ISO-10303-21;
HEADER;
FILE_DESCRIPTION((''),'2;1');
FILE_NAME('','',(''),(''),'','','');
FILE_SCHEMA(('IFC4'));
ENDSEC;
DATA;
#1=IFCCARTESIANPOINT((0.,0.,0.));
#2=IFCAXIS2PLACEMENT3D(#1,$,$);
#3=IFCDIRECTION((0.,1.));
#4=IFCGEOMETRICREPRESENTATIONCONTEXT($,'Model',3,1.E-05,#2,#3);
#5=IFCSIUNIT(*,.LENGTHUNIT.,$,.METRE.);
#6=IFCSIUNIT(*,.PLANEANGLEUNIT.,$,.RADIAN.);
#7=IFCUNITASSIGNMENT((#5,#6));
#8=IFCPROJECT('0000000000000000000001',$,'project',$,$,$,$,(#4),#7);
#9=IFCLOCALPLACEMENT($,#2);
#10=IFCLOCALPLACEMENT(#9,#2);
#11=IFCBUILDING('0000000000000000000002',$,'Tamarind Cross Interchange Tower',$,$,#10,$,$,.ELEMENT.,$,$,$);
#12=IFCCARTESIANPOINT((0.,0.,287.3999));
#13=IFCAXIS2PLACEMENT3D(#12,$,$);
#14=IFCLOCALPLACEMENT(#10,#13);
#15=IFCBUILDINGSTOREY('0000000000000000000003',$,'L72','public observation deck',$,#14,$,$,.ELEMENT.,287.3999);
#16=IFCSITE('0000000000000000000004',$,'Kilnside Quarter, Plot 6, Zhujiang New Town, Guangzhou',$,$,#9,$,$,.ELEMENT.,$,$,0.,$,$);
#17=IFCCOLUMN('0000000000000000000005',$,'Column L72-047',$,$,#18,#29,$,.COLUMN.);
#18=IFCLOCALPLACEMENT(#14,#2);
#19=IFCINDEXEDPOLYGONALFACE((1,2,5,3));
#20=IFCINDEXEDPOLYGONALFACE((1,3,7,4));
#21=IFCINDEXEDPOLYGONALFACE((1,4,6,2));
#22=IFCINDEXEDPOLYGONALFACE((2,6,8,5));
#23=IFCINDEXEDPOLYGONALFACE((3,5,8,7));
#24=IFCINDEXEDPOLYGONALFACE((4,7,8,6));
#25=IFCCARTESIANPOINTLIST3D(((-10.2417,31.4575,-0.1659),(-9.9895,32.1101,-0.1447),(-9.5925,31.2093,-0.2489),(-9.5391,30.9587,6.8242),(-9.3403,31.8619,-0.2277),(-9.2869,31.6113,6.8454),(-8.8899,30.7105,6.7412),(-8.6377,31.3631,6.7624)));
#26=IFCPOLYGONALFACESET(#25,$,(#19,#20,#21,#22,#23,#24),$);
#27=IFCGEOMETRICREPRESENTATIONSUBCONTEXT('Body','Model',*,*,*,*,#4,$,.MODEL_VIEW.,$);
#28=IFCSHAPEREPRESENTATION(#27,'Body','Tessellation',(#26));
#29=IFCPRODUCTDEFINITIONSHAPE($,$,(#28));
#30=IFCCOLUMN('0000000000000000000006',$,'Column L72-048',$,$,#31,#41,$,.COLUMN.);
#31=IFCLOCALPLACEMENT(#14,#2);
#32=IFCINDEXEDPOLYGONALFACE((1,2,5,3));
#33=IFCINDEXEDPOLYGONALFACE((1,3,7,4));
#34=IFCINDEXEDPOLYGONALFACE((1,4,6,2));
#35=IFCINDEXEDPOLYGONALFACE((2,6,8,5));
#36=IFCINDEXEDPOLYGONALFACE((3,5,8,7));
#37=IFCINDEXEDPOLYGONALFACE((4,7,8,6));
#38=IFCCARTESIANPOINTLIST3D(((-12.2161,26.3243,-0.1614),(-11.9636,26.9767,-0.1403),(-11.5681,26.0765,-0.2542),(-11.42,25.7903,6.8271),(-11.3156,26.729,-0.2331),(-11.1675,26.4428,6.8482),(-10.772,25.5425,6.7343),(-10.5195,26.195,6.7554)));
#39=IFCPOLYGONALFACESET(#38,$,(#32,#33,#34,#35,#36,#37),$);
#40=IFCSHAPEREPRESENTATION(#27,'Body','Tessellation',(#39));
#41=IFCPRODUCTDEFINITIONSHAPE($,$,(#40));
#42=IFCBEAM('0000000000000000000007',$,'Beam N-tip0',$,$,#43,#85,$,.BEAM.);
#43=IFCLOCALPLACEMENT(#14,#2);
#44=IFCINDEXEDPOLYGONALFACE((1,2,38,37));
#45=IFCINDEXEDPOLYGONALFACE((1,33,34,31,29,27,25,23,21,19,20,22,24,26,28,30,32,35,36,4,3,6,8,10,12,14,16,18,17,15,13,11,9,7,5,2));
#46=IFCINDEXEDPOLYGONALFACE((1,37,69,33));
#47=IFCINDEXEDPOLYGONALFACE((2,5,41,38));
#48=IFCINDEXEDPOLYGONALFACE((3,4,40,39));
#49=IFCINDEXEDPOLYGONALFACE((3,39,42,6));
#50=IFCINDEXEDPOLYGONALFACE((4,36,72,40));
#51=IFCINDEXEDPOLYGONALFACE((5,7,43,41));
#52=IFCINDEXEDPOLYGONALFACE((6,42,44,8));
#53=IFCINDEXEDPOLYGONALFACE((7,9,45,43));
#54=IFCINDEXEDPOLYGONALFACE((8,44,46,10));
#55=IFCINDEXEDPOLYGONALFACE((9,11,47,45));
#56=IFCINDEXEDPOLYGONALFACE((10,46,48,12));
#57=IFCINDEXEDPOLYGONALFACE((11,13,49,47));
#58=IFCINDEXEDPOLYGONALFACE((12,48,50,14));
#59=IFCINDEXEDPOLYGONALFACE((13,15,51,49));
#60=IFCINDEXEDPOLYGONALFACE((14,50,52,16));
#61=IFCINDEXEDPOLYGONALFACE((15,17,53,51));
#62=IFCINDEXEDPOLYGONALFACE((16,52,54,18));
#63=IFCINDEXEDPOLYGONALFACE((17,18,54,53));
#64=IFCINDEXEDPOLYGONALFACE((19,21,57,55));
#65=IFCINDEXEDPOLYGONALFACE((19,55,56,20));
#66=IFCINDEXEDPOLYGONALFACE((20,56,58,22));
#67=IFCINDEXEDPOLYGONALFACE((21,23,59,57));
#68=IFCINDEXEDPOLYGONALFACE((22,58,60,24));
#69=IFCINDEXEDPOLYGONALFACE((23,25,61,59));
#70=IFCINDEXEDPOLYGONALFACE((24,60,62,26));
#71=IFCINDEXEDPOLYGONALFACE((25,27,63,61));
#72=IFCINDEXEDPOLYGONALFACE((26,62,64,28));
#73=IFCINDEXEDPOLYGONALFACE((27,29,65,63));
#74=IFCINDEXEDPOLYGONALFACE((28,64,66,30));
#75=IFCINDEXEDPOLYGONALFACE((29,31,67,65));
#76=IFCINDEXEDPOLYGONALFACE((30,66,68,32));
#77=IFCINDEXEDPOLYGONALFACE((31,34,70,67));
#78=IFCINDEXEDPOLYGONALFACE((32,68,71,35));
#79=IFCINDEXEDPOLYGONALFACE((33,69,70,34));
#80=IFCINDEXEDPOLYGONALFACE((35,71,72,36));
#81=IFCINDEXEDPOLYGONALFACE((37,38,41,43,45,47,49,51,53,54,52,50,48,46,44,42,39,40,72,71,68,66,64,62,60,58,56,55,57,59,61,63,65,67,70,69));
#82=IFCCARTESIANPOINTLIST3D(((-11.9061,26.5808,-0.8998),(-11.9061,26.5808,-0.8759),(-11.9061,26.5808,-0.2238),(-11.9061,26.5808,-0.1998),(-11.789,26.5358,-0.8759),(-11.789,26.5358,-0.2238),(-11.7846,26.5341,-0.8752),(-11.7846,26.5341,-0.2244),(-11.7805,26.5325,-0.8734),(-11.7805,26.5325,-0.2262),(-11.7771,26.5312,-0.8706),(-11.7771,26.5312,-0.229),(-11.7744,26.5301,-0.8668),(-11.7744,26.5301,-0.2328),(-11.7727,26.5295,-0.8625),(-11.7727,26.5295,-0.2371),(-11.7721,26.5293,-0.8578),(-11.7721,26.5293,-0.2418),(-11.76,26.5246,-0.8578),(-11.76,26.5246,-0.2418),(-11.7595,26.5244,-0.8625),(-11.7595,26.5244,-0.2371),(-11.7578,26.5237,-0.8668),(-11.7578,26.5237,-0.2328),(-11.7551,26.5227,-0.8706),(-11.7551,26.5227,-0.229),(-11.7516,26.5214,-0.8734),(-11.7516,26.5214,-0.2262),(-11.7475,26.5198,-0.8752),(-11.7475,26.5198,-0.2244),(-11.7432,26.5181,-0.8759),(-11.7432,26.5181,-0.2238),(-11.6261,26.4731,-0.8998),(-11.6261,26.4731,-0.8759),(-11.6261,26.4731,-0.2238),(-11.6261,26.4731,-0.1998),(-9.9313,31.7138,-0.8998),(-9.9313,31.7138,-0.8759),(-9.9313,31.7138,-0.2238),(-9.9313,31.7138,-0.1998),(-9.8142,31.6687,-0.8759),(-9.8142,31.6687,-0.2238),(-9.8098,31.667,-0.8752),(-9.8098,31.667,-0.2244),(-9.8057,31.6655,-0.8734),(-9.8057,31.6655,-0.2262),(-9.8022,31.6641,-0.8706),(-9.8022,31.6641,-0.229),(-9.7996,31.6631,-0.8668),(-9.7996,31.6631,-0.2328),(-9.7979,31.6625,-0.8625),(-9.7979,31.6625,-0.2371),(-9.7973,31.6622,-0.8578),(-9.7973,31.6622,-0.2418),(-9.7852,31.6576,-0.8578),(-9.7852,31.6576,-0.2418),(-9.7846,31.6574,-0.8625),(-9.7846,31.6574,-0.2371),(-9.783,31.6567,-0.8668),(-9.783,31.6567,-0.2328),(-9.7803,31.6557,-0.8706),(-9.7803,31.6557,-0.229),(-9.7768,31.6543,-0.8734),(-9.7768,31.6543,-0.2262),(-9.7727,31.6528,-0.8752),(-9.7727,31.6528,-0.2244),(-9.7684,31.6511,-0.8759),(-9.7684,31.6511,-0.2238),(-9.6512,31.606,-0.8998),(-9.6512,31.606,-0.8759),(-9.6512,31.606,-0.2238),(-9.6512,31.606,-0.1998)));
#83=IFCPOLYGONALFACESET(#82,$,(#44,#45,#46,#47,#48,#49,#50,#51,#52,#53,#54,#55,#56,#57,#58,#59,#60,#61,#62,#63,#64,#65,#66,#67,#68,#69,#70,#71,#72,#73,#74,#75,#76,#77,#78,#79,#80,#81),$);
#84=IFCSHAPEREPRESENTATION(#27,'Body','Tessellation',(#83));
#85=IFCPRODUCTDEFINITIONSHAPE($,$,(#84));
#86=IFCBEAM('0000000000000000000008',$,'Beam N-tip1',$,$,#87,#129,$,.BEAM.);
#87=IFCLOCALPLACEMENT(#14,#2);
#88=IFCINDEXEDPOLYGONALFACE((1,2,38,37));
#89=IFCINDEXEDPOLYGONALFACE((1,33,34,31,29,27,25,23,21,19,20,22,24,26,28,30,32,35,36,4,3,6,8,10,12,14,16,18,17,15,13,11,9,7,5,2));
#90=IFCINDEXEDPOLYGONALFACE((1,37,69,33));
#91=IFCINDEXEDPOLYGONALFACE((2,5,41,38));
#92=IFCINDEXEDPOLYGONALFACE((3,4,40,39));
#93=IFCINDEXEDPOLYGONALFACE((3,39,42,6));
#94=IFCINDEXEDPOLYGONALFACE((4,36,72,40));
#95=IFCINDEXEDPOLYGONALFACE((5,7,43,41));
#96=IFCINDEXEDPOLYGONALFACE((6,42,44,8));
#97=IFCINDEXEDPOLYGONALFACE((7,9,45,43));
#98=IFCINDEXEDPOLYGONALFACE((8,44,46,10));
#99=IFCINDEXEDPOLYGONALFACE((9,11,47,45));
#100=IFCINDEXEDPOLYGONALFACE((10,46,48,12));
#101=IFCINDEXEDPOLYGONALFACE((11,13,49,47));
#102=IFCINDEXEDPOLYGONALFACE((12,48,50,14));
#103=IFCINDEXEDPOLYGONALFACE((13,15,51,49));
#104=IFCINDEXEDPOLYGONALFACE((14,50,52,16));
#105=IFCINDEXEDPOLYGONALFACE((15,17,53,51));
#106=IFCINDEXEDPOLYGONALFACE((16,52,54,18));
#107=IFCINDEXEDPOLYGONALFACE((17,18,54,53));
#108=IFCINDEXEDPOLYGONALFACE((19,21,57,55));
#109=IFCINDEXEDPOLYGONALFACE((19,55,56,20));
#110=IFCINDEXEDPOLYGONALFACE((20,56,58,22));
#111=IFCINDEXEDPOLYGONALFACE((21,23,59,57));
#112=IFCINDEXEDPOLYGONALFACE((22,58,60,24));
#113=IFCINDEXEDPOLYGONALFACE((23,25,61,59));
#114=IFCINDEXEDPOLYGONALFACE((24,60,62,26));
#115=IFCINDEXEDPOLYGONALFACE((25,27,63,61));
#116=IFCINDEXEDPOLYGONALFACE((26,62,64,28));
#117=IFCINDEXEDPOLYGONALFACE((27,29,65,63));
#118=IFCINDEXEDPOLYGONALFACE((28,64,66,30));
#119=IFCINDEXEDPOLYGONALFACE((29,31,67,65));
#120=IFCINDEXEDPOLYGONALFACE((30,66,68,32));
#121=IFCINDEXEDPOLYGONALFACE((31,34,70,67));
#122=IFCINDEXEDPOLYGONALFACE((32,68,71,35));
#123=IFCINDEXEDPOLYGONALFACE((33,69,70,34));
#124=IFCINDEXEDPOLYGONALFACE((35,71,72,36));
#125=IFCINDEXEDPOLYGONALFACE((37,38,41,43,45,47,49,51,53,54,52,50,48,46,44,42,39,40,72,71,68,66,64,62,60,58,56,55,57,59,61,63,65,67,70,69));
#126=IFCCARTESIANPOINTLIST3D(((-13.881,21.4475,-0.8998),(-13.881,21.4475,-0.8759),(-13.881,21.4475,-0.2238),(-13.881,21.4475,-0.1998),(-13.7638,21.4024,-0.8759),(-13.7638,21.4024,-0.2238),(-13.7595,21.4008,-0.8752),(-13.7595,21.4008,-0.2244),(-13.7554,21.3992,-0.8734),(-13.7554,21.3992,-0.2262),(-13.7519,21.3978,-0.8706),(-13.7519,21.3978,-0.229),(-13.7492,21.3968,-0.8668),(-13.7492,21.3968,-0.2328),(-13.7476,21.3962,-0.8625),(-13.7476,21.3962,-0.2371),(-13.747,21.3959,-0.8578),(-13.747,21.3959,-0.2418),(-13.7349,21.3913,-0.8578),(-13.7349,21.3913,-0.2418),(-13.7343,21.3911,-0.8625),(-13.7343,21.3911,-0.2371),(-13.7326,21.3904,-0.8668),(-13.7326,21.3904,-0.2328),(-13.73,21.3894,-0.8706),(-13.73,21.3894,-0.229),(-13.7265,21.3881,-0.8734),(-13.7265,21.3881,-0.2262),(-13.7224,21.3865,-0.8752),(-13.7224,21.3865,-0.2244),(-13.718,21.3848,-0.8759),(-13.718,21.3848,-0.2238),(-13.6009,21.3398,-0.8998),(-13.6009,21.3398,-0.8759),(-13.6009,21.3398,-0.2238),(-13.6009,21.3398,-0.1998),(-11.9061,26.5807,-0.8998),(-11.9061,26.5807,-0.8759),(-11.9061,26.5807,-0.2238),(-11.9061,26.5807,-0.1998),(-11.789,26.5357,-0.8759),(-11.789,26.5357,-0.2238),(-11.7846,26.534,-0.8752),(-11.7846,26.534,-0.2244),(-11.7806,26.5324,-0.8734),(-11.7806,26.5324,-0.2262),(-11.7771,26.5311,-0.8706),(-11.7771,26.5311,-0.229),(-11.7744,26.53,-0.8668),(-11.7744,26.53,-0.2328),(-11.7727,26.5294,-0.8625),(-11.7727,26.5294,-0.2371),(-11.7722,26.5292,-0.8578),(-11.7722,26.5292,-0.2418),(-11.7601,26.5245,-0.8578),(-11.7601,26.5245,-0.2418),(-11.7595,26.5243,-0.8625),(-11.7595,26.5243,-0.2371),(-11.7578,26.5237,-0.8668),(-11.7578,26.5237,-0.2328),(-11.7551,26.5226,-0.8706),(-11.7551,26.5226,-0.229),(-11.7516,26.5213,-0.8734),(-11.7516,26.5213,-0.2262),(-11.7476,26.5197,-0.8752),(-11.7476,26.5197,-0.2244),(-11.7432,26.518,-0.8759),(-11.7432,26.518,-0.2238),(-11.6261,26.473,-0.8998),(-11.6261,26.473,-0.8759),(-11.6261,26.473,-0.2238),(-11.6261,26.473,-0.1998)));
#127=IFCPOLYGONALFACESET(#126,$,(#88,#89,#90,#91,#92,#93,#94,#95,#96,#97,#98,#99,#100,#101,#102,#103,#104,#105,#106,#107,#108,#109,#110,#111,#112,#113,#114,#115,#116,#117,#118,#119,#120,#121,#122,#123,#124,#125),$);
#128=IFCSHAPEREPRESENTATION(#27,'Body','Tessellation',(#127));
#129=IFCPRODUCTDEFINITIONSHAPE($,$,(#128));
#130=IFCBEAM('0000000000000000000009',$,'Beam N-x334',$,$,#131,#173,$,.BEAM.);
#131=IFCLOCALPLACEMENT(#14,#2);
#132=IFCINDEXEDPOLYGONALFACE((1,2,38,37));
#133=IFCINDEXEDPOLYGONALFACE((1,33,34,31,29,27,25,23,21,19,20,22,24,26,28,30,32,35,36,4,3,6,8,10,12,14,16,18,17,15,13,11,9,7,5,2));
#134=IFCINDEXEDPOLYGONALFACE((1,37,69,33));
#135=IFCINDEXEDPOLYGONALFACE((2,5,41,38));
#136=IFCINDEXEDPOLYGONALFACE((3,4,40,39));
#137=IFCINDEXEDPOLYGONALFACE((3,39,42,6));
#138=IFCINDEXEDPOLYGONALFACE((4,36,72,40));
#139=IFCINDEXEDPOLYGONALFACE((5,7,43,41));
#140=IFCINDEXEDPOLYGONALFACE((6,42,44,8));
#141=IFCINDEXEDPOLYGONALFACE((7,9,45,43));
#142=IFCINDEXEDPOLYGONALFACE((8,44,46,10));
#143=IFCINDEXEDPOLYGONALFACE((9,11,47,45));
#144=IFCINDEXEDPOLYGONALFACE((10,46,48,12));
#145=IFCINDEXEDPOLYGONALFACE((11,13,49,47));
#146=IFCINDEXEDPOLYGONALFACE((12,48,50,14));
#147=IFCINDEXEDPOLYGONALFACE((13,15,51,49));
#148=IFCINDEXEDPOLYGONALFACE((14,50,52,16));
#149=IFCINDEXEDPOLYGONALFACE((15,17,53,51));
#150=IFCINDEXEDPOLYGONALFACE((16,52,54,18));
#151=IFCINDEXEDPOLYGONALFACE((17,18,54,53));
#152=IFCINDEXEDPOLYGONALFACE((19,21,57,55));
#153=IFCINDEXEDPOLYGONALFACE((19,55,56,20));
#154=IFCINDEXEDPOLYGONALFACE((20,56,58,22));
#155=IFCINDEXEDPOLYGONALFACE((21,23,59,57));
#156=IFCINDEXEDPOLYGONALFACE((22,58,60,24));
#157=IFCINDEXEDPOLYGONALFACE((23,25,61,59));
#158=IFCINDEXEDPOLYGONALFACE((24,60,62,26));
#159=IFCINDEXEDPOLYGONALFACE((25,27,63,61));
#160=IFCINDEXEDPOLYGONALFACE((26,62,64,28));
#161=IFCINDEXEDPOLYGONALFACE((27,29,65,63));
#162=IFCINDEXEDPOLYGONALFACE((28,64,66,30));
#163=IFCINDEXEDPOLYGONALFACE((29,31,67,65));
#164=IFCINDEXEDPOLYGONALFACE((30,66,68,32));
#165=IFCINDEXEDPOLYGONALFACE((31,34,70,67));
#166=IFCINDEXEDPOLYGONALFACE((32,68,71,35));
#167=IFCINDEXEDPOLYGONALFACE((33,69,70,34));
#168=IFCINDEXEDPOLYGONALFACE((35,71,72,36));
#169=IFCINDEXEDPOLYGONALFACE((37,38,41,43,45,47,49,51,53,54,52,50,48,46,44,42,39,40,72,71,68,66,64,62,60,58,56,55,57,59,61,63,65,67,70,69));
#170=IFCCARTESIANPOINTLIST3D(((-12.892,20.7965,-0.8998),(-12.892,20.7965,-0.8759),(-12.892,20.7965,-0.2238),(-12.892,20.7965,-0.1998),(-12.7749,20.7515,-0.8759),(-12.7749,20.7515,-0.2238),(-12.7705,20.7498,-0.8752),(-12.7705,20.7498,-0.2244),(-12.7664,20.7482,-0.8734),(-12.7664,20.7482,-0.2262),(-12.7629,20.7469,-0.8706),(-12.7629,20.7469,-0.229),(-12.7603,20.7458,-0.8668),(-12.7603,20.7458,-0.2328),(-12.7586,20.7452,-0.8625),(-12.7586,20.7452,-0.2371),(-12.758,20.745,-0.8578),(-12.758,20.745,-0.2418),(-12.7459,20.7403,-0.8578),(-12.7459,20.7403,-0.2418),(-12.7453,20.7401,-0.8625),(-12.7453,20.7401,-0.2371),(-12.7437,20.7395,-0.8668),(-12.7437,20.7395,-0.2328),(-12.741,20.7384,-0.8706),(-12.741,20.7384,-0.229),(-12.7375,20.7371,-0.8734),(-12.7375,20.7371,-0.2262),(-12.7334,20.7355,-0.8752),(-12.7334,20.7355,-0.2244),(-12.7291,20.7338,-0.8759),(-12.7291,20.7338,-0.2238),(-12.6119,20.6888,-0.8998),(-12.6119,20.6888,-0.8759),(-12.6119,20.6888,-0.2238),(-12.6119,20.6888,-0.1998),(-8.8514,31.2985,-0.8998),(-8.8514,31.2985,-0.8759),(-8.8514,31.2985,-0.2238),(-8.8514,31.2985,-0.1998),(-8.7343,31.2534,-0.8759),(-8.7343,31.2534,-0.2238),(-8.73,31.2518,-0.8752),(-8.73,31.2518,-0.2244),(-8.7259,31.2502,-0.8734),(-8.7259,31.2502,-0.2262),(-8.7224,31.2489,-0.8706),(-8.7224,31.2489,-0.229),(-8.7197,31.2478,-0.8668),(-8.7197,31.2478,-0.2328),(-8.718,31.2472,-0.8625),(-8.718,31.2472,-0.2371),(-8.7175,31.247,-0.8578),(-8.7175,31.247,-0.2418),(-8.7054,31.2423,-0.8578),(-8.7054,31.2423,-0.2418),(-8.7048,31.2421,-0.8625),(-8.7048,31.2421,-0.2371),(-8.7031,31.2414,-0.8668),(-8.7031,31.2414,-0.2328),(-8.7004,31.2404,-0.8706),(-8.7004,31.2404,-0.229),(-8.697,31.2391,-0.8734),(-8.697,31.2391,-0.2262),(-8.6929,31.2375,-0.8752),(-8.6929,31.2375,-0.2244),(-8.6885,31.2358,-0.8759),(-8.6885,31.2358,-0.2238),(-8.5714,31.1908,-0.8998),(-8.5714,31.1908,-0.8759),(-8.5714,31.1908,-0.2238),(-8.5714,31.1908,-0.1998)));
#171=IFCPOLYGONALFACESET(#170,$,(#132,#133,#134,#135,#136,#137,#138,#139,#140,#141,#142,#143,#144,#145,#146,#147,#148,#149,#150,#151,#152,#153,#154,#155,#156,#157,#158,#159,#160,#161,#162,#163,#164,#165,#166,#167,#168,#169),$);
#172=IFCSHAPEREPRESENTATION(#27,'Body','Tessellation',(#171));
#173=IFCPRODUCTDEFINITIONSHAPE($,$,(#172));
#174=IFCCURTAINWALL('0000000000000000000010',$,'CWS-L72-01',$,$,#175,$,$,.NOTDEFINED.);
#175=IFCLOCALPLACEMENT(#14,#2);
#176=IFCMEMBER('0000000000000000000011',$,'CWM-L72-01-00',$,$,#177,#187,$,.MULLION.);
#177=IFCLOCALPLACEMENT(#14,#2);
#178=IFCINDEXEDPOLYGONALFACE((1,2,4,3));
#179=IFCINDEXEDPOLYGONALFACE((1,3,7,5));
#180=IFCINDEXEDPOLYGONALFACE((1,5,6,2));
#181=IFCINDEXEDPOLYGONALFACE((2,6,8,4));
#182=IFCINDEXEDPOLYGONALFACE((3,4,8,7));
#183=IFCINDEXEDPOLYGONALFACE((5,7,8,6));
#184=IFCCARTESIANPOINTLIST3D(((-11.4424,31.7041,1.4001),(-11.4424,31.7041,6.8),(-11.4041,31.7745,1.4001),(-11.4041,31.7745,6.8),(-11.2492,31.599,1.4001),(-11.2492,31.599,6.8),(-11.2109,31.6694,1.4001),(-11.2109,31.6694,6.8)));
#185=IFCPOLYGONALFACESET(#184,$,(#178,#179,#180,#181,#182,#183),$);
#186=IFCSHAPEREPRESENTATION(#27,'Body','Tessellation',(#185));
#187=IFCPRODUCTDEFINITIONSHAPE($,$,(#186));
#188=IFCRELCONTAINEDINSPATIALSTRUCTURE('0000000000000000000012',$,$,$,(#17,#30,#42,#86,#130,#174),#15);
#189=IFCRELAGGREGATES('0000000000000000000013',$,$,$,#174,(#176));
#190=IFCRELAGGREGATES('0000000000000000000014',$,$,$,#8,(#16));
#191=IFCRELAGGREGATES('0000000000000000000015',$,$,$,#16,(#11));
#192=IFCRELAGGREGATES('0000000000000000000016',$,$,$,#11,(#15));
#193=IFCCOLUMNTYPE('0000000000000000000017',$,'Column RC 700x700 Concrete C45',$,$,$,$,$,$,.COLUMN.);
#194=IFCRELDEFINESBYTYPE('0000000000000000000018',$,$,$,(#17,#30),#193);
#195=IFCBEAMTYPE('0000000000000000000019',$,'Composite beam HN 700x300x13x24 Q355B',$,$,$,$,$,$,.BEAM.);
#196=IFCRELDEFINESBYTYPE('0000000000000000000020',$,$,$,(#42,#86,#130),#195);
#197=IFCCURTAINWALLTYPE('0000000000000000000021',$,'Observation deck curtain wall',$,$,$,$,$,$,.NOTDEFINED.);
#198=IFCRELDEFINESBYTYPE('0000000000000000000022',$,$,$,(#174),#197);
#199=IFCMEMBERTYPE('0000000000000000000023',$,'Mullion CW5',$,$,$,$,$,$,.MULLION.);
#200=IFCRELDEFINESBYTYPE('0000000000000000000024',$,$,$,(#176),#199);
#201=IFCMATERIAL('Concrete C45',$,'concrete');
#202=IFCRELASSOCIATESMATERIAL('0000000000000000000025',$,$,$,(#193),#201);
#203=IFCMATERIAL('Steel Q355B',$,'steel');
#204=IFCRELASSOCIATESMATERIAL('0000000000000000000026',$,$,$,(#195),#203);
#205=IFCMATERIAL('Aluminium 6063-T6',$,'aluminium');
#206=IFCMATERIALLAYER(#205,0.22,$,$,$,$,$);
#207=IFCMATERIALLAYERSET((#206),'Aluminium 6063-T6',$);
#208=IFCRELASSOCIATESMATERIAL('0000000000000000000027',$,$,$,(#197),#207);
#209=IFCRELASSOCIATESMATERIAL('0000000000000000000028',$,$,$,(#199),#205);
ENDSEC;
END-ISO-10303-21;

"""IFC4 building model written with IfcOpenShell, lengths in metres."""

from ifc_helpers import new_model, si_unit, direction, frame, origin, origin_2d, place, context, subcontext, project, spatial, rectangle, i_section, extrude, material, layer, layer_set, material_profile, profile_set, type_object, element, aggregate, save


model = new_model("IFC4")

# Units and contexts
model_context = context("Model", 3, precision=1e-05, world=origin(), true_north=direction((0.0, 1.0)))
body_context = subcontext(model_context, "Body", "Model", "MODEL_VIEW")
ifc_project = project(units=[si_unit("LENGTHUNIT", "METRE"), si_unit("PLANEANGLEUNIT", "RADIAN")], contexts=[model_context])

# Site, building, storey
site_placement = place(None, origin())
site = spatial("IfcSite", under=ifc_project, at=site_placement, Name="Kilnside Quarter, Plot 6, Zhujiang New Town, Guangzhou", CompositionType="ELEMENT", RefElevation=0.0)
building_placement = place(site_placement, origin())
building = spatial("IfcBuilding", under=site, at=building_placement, Name="Tamarind Cross Interchange Tower", CompositionType="ELEMENT")
storey_placement = place(building_placement, frame((0.0, 0.0, 287.3999)))
storey = spatial("IfcBuildingStorey", under=building, at=storey_placement, Name="L72", Description="public observation deck", CompositionType="ELEMENT", Elevation=287.3999)

# Columns
ifc_material_1 = material(Name="Concrete C45", Category="concrete")
ifc_material_profile_1 = material_profile(ifc_material_1, rectangle(XDim=0.7, YDim=0.7, at=origin_2d()), Name="RC 700x700")
ifc_profile_set_1 = profile_set([ifc_material_profile_1], Name="Concrete C45")
column_type = type_object("IfcColumnType", Name="Column RC 700x700 Concrete C45", PredefinedType="COLUMN", material=ifc_profile_set_1)
column_1_placement = place(storey_placement, frame((-9.791, 31.6597, -0.1968), z_axis=(0.099765, -0.07082, 0.992487), x_axis=(0.360315, 0.932338, 0.030309)))
element("IfcColumn", 1, at=column_1_placement, inside=storey, type_object=column_type, Name="Column L72-047", PredefinedType="COLUMN", context=body_context, shape_type="SweptSolid", body=[
    extrude(rectangle(XDim=0.7, YDim=0.7, at=origin_2d()), origin(), (0.0, 0.0, 1.0), 7.043),
])
column_2_placement = place(storey_placement, frame((-11.7659, 26.5266, -0.1973), z_axis=(0.112865, -0.075693, 0.990723), x_axis=(0.360731, 0.932183, 0.030125)))
element("IfcColumn", 2, at=column_2_placement, inside=storey, type_object=column_type, Name="Column L72-048", PredefinedType="COLUMN", context=body_context, shape_type="SweptSolid", body=[
    extrude(rectangle(XDim=0.7, YDim=0.7, at=origin_2d()), origin(), (0.0, 0.0, 1.0), 7.054),
])

# Beams
ifc_material_2 = material(Name="Steel Q355B", Category="steel")
ifc_material_profile_2 = material_profile(ifc_material_2, i_section(OverallWidth=0.3, OverallDepth=0.7, WebThickness=0.0129, FlangeThickness=0.0239, FilletRadius=0.0181, at=origin_2d()), Name="HN 700x300x13x24")
ifc_profile_set_2 = profile_set([ifc_material_profile_2], Name="Steel Q355B")
beam_type = type_object("IfcBeamType", Name="Composite beam HN 700x300x13x24 Q355B", PredefinedType="BEAM", material=ifc_profile_set_2)
beam_1_placement = place(storey_placement, frame((-9.7913, 31.6599, -0.5498), z_axis=(-0.359074, -0.933309, 0.0), x_axis=(0.933309, -0.359074, 0.0)))
element("IfcBeam", 3, at=beam_1_placement, inside=storey, type_object=beam_type, Name="Beam N-tip0", PredefinedType="BEAM", context=body_context, shape_type="SweptSolid", body=[
    extrude(i_section(OverallWidth=0.3, OverallDepth=0.7, WebThickness=0.0129, FlangeThickness=0.0239, FilletRadius=0.0181, at=origin_2d()), origin(), (0.0, 0.0, 1.0), 5.4998),
])
beam_2_placement = place(storey_placement, frame((-11.7661, 26.5269, -0.5498), z_axis=(-0.359059, -0.933315, 0.0), x_axis=(0.933315, -0.359059, 0.0)))
element("IfcBeam", 4, at=beam_2_placement, inside=storey, type_object=beam_type, Name="Beam N-tip1", PredefinedType="BEAM", context=body_context, shape_type="SweptSolid", body=[
    extrude(i_section(OverallWidth=0.3, OverallDepth=0.7, WebThickness=0.0129, FlangeThickness=0.0239, FilletRadius=0.0181, at=origin_2d()), origin(), (0.0, 0.0, 1.0), 5.5),
])
beam_3_placement = place(storey_placement, frame((-8.7114, 31.2446, -0.5498), z_axis=(-0.359081, -0.933306, 0.0), x_axis=(0.933306, -0.359081, 0.0)))
element("IfcBeam", 5, at=beam_3_placement, inside=storey, type_object=beam_type, Name="Beam N-x334", PredefinedType="BEAM", context=body_context, shape_type="SweptSolid", body=[
    extrude(i_section(OverallWidth=0.3, OverallDepth=0.7, WebThickness=0.0129, FlangeThickness=0.0239, FilletRadius=0.0181, at=origin_2d()), origin(), (0.0, 0.0, 1.0), 11.2524),
])

# Curtain wall, member
ifc_material_3 = material(Name="Aluminium 6063-T6", Category="aluminium")
ifc_layer_1 = layer(ifc_material_3, 0.22)
ifc_layer_set_1 = layer_set([ifc_layer_1], Name="Aluminium 6063-T6")
curtain_wall_type = type_object("IfcCurtainWallType", Name="Observation deck curtain wall", PredefinedType="NOTDEFINED", material=ifc_layer_set_1)
curtain_wall_placement = place(storey_placement, origin())
curtain_wall = element("IfcCurtainWall", 6, at=curtain_wall_placement, inside=storey, type_object=curtain_wall_type, Name="CWS-L72-01", PredefinedType="NOTDEFINED")
ifc_material_profile_3 = material_profile(ifc_material_3, rectangle(XDim=0.0801, YDim=0.22, at=origin_2d()), Name="Mullion CW5")
ifc_profile_set_3 = profile_set([ifc_material_profile_3], Name="Aluminium 6063-T6")
member_type = type_object("IfcMemberType", Name="Mullion CW5", PredefinedType="MULLION", material=ifc_profile_set_3)
member_1_placement = place(storey_placement, frame((-11.3267, 31.6868, 1.4001), z_axis=(0.0, 0.0, 1.0), x_axis=(-0.477821, -0.878457, 0.0)))
member_1 = element("IfcMember", 7, at=member_1_placement, type_object=member_type, Name="CWM-L72-01-00", PredefinedType="MULLION", context=body_context, shape_type="SweptSolid", body=[
    extrude(rectangle(XDim=0.0801, YDim=0.22, at=origin_2d()), origin(), (0.0, 0.0, 1.0), 5.3999),
])
aggregate(curtain_wall, [member_1])

save(model, "model.ifc")
